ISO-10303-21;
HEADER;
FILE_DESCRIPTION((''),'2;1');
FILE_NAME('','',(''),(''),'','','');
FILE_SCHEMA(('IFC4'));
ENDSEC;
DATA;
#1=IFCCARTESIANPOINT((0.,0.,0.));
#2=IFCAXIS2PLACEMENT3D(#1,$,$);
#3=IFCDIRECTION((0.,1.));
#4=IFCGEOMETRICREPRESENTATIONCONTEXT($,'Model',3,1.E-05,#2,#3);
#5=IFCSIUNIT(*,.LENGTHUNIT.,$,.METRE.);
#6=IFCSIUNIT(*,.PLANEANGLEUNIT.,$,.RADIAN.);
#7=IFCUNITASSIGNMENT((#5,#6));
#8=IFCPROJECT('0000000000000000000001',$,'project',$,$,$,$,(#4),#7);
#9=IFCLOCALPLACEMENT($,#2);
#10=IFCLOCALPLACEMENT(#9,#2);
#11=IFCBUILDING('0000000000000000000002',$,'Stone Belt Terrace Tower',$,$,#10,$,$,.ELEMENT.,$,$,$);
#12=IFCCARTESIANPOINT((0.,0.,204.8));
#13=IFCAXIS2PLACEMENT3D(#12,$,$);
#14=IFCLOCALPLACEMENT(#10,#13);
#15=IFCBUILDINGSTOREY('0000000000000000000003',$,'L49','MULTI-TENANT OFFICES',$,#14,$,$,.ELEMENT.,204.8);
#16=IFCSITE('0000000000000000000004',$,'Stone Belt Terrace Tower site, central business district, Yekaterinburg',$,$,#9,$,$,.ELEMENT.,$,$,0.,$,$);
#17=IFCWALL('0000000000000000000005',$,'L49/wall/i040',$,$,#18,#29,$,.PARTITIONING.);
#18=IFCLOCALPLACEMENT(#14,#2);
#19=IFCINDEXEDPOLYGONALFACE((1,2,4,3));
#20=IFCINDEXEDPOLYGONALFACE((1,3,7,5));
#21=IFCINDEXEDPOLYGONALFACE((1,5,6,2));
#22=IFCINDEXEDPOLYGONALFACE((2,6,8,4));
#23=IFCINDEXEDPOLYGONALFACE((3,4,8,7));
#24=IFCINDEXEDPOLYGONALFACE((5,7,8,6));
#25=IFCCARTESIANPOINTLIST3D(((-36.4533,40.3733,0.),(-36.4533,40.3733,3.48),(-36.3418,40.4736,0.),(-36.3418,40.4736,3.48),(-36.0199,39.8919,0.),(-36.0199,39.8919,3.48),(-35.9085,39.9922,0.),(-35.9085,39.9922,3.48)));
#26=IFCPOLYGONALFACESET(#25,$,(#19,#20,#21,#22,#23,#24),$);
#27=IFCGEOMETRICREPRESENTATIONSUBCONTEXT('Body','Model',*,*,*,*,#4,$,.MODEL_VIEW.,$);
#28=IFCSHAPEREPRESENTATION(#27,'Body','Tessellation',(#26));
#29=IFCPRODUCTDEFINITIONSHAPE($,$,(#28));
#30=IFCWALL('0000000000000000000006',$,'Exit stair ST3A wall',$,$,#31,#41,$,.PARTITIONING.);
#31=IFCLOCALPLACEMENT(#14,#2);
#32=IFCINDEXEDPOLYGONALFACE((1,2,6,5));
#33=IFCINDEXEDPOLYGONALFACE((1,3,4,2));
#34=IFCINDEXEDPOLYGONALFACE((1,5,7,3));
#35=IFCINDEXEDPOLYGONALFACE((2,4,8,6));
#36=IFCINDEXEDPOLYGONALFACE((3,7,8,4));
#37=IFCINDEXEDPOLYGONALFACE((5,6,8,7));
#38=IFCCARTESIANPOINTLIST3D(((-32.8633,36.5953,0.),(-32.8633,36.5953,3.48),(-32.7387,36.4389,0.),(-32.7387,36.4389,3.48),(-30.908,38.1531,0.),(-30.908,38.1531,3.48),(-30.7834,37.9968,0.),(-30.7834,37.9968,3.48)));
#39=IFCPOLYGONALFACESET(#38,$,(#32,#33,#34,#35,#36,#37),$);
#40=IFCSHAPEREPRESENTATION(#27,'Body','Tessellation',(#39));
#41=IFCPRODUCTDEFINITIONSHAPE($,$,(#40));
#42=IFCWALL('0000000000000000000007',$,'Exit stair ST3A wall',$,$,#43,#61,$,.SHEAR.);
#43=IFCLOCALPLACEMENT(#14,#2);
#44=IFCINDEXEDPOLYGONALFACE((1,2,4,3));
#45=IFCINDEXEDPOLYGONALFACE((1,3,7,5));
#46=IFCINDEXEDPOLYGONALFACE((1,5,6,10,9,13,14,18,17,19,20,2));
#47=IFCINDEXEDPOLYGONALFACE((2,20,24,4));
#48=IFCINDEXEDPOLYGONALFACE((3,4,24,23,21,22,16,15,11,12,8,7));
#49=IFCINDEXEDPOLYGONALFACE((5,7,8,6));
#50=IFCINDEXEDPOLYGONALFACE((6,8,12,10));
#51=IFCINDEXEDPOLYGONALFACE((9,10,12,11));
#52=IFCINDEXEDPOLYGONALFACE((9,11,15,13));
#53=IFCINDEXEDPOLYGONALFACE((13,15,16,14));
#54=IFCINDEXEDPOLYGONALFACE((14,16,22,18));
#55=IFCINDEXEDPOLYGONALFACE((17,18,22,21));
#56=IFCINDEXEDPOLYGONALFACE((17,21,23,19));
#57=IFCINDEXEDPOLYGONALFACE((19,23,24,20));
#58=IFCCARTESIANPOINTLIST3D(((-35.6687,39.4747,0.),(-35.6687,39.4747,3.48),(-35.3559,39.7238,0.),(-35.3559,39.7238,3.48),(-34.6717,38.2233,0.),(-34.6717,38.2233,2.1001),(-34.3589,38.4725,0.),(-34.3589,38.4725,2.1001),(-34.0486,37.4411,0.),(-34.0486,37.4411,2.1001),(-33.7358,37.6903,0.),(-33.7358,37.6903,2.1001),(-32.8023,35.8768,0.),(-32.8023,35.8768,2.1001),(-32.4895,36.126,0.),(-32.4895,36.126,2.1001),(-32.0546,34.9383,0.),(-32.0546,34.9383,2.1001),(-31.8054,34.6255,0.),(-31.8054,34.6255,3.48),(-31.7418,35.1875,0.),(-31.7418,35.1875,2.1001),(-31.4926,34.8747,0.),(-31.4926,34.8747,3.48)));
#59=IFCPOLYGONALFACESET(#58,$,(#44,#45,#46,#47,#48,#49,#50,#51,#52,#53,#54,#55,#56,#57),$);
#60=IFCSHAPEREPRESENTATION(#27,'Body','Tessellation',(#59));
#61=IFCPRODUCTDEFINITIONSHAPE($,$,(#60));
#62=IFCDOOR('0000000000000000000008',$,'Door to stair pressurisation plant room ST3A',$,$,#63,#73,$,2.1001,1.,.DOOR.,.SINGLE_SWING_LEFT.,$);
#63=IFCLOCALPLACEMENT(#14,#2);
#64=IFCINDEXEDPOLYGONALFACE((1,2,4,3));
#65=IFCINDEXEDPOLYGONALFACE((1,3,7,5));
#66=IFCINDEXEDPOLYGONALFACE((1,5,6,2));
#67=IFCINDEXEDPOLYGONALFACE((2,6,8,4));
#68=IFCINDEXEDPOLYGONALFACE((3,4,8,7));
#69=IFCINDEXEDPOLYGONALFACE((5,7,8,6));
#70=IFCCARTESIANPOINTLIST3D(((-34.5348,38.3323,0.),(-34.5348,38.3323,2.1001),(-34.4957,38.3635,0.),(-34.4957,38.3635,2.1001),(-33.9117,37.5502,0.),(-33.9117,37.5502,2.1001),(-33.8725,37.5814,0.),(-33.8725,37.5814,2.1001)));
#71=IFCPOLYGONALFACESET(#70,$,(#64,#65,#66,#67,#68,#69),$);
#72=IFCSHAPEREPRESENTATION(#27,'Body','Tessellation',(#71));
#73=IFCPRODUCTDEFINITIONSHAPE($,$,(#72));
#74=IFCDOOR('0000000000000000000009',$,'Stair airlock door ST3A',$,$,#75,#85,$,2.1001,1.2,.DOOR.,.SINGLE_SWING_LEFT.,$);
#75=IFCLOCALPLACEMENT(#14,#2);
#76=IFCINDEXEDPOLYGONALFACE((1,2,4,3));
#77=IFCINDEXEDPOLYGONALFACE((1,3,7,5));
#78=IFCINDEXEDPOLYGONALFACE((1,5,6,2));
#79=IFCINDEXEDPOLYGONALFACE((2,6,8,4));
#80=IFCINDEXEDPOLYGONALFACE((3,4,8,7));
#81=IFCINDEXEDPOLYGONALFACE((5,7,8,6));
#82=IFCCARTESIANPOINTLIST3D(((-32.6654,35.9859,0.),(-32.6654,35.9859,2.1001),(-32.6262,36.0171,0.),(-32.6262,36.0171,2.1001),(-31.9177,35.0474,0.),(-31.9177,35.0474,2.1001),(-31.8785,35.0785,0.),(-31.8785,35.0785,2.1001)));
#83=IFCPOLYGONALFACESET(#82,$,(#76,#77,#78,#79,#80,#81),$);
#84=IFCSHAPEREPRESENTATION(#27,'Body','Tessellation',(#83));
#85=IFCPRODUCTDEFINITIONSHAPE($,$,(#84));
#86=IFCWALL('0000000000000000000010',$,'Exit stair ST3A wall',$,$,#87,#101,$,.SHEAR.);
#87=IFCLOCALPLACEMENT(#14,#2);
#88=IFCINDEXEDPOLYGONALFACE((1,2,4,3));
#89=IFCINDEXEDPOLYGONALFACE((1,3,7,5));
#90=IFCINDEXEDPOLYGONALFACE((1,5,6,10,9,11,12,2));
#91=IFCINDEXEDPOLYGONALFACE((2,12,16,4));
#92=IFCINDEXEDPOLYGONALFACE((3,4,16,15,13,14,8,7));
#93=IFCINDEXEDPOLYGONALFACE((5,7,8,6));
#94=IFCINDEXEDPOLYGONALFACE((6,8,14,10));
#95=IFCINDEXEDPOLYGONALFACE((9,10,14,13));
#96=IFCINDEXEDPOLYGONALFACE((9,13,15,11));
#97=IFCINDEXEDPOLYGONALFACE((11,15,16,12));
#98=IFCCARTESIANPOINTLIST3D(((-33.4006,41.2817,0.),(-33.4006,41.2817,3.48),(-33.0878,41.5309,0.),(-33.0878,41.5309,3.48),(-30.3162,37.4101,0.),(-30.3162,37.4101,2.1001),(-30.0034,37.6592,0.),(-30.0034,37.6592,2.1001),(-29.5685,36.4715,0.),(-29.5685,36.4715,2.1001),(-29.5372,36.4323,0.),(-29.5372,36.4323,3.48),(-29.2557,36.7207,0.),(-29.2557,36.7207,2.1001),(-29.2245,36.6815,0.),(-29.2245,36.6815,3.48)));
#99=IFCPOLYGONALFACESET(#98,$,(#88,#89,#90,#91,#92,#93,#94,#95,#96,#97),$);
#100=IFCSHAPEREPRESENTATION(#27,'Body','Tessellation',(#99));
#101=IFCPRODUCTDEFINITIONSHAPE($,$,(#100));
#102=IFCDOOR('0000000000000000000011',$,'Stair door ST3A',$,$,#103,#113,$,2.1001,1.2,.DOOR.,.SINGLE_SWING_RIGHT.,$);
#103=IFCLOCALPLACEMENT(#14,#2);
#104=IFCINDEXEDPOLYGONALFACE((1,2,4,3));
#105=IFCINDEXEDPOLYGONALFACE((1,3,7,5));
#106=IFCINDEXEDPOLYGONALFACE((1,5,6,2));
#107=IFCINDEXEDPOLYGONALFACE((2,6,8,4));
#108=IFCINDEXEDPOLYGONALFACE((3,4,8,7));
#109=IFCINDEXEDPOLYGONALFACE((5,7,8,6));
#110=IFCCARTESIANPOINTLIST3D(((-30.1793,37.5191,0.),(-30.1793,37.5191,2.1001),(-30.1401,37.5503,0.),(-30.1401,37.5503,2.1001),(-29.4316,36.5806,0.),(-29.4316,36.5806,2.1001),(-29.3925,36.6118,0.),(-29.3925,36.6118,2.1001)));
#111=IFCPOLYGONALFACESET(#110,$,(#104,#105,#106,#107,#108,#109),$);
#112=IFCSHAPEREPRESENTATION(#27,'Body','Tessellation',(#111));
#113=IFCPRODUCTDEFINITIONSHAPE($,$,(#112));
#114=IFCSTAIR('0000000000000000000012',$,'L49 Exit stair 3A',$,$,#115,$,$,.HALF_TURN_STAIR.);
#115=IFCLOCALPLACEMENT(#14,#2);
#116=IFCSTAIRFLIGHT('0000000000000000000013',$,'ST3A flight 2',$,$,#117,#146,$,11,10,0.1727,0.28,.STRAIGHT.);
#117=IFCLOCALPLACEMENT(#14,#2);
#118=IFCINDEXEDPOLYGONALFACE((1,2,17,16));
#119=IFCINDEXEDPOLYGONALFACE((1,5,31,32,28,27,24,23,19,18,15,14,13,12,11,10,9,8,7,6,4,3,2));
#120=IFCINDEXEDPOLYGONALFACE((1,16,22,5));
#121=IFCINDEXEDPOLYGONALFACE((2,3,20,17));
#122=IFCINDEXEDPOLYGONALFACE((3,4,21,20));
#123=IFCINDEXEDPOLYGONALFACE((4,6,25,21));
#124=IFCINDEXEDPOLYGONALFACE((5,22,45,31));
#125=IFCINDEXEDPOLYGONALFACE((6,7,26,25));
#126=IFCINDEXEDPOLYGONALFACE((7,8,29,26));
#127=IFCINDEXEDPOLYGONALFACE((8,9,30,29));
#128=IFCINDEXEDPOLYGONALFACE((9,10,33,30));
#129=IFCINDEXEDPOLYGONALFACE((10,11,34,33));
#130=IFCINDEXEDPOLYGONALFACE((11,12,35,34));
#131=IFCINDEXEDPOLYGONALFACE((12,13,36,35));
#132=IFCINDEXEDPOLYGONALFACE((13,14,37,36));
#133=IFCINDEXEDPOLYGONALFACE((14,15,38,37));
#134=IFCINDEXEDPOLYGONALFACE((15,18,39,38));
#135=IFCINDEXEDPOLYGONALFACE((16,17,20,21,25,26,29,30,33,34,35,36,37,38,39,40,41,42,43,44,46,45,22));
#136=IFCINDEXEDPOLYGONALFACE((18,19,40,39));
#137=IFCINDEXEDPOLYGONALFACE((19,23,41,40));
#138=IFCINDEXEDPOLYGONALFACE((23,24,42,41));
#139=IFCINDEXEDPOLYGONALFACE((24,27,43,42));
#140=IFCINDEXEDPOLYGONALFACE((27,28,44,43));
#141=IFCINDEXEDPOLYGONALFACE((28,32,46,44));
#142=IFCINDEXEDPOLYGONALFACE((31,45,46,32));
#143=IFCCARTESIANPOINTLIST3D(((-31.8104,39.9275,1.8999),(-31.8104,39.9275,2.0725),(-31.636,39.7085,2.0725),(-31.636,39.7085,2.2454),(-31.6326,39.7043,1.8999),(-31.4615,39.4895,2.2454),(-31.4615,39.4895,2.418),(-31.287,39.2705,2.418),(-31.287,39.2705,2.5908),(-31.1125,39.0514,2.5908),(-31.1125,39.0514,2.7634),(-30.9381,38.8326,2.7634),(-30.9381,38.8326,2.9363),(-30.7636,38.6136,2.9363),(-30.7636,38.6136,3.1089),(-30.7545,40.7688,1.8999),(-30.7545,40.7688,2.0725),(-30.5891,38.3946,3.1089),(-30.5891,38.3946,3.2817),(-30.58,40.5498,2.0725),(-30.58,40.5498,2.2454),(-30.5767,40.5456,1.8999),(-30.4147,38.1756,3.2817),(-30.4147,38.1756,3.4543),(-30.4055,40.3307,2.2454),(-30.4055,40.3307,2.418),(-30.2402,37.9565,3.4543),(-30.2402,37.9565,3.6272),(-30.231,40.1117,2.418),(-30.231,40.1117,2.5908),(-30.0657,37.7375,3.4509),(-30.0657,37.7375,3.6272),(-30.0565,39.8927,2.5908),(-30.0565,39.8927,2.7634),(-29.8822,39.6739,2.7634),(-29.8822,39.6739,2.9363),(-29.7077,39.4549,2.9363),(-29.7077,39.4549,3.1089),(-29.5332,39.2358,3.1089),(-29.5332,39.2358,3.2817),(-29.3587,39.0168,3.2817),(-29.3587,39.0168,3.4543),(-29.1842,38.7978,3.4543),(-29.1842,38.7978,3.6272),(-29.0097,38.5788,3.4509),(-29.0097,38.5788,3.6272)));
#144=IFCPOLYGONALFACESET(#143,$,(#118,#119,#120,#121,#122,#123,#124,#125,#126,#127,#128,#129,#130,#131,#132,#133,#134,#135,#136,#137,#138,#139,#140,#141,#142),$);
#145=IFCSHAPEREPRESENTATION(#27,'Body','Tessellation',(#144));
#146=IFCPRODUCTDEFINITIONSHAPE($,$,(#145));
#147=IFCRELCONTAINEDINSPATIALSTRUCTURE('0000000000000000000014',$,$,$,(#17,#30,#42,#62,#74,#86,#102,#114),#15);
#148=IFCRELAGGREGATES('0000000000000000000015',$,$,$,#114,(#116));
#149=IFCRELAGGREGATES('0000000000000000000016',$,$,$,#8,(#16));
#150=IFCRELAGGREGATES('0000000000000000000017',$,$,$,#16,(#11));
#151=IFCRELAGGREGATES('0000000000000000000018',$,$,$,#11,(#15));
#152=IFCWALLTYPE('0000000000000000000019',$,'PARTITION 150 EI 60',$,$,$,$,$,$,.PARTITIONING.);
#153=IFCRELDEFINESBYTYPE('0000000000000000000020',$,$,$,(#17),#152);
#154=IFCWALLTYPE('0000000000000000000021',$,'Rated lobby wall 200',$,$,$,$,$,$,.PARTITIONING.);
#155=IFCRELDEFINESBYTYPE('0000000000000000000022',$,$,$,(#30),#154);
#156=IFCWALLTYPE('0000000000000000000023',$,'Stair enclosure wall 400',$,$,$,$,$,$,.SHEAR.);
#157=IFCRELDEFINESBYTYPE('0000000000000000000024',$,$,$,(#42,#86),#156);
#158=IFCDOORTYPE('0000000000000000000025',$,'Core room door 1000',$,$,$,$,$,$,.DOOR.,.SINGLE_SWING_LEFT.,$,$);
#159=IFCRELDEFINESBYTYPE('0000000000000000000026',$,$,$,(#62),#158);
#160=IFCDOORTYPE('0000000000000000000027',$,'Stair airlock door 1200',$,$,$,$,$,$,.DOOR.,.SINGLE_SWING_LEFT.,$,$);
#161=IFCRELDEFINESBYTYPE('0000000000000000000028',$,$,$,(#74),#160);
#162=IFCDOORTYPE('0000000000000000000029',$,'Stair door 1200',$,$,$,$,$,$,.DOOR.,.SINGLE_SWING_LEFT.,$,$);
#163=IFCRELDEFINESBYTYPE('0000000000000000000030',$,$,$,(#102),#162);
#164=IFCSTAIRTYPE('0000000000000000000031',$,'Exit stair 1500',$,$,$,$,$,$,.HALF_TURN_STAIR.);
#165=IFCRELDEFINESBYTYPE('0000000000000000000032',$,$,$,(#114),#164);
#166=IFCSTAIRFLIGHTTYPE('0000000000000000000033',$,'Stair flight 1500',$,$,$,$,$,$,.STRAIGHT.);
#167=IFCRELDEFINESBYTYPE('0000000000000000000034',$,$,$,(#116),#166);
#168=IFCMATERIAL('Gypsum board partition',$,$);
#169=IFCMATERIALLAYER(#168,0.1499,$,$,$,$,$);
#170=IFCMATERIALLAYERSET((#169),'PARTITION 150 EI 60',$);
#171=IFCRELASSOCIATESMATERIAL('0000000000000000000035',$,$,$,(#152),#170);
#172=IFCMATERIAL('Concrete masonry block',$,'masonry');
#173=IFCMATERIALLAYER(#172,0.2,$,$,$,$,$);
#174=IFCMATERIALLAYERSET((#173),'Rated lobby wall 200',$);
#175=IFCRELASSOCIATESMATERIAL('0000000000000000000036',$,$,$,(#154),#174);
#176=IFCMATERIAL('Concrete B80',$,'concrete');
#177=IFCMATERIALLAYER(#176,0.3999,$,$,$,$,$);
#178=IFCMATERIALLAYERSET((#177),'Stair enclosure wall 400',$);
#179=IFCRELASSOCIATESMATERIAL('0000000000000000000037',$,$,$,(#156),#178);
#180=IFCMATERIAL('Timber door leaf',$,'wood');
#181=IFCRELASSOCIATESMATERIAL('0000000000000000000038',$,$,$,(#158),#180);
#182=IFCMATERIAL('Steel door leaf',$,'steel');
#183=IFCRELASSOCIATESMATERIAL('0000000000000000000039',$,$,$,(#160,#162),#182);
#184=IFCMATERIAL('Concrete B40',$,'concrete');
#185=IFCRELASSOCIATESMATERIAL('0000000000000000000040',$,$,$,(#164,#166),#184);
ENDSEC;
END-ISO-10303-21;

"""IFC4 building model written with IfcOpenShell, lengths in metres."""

from ifc_helpers import new_model, si_unit, direction, frame, frame_2d, origin, place, context, subcontext, project, spatial, polyline, rectangle, outline, extrude, material, layer, layer_set, type_object, element, fill, aggregate, save


model = new_model("IFC4")

# Units and contexts
model_context = context("Model", 3, precision=1e-05, world=origin(), true_north=direction((0.0, 1.0)))
body_context = subcontext(model_context, "Body", "Model", "MODEL_VIEW")
ifc_project = project(units=[si_unit("LENGTHUNIT", "METRE"), si_unit("PLANEANGLEUNIT", "RADIAN")], contexts=[model_context])

# Site, building, storey
site_placement = place(None, origin())
site = spatial("IfcSite", under=ifc_project, at=site_placement, Name="Stone Belt Terrace Tower site, central business district, Yekaterinburg", CompositionType="ELEMENT", RefElevation=0.0)
building_placement = place(site_placement, origin())
building = spatial("IfcBuilding", under=site, at=building_placement, Name="Stone Belt Terrace Tower", CompositionType="ELEMENT")
storey_placement = place(building_placement, frame((0.0, 0.0, 204.8)))
storey = spatial("IfcBuildingStorey", under=building, at=storey_placement, Name="L49", Description="MULTI-TENANT OFFICES", CompositionType="ELEMENT", Elevation=204.8)

# Walls
ifc_material_1 = material(Name="Gypsum board partition")
ifc_layer_1 = layer(ifc_material_1, 0.1499)
ifc_layer_set_1 = layer_set([ifc_layer_1], Name="PARTITION 150 EI 60")
wall_type_1 = type_object("IfcWallType", Name="PARTITION 150 EI 60", PredefinedType="PARTITIONING", material=ifc_layer_set_1)
wall_1_placement = place(storey_placement, frame((-36.3975, 40.4233, 0.0), z_axis=(0.0, 0.0, 1.0), x_axis=(0.669006, -0.743257, 0.0)))
element("IfcWall", 1, at=wall_1_placement, inside=storey, type_object=wall_type_1, Name="L49/wall/i040", PredefinedType="PARTITIONING", context=body_context, shape_type="SweptSolid", body=[
    extrude(rectangle(XDim=0.6477, YDim=0.1499, at=frame_2d((0.3237, 0.0))), origin(), (0.0, 0.0, 1.0), 3.48),
])
ifc_material_2 = material(Name="Concrete masonry block", Category="masonry")
ifc_layer_2 = layer(ifc_material_2, 0.2)
ifc_layer_set_2 = layer_set([ifc_layer_2], Name="Rated lobby wall 200")
wall_type_2 = type_object("IfcWallType", Name="Rated lobby wall 200", PredefinedType="PARTITIONING", material=ifc_layer_set_2)
wall_2_placement = place(storey_placement, frame((-30.8457, 38.075, 0.0), z_axis=(0.0, 0.0, 1.0), x_axis=(-0.782115, -0.623134, 0.0)))
element("IfcWall", 2, at=wall_2_placement, inside=storey, type_object=wall_type_2, Name="Exit stair ST3A wall", PredefinedType="PARTITIONING", context=body_context, shape_type="SweptSolid", body=[
    extrude(rectangle(XDim=2.5, YDim=0.2, at=frame_2d((1.25, 0.0))), origin(), (0.0, 0.0, 1.0), 3.48),
])

# Wall, openings, doors
ifc_material_3 = material(Name="Concrete B80", Category="concrete")
ifc_layer_3 = layer(ifc_material_3, 0.3999)
ifc_layer_set_3 = layer_set([ifc_layer_3], Name="Stair enclosure wall 400")
wall_type_3 = type_object("IfcWallType", Name="Stair enclosure wall 400", PredefinedType="SHEAR", material=ifc_layer_set_3)
wall_3_placement = place(storey_placement, frame((-31.6489, 34.75, 0.0), z_axis=(0.0, 0.0, 1.0), x_axis=(-0.623119, 0.782127, 0.0)))
wall_3 = element("IfcWall", 3, at=wall_3_placement, inside=storey, type_object=wall_type_3, Name="Exit stair ST3A wall", PredefinedType="SHEAR", context=body_context, shape_type="SweptSolid", body=[
    extrude(rectangle(XDim=6.2, YDim=0.3999, at=frame_2d((3.1001, 0.0))), origin(), (0.0, 0.0, 1.0), 3.48),
])
opening_1_placement = place(wall_3_placement, frame((0.3999, 0.0, 0.0)))
opening_1 = element("IfcOpeningElement", 4, at=opening_1_placement, cuts=wall_3, PredefinedType="OPENING", context=body_context, shape_type="SweptSolid", body=[
    extrude(rectangle(XDim=1.2, YDim=2.1001, at=frame_2d((0.6001, 1.05))), frame((0.0, 0.21, 0.0), z_axis=(0.0, -1.0, 0.0), x_axis=(1.0, 0.0, 0.0)), (0.0, 0.0, 1.0), 0.4199),
])
opening_2_placement = place(wall_3_placement, frame((3.6001, 0.0, 0.0)))
opening_2 = element("IfcOpeningElement", 5, at=opening_2_placement, cuts=wall_3, PredefinedType="OPENING", context=body_context, shape_type="SweptSolid", body=[
    extrude(rectangle(XDim=1.0, YDim=2.1001, at=frame_2d((0.5, 1.05))), frame((0.0, 0.21, 0.0), z_axis=(0.0, -1.0, 0.0), x_axis=(1.0, 0.0, 0.0)), (0.0, 0.0, 1.0), 0.4199),
])
ifc_material_4 = material(Name="Timber door leaf", Category="wood")
door_type_1 = type_object("IfcDoorType", Name="Core room door 1000", OperationType="SINGLE_SWING_LEFT", PredefinedType="DOOR", material=ifc_material_4)
door_1_placement = place(opening_2_placement, origin())
door_1 = element("IfcDoor", 6, at=door_1_placement, inside=storey, type_object=door_type_1, Name="Door to stair pressurisation plant room ST3A", OperationType="SINGLE_SWING_LEFT", OverallHeight=2.1001, OverallWidth=1.0, PredefinedType="DOOR", context=body_context, shape_type="SweptSolid", body=[
    extrude(rectangle(XDim=1.0, YDim=2.1001, at=frame_2d((0.5, 1.05))), frame((0.0, 0.0249, 0.0), z_axis=(0.0, -1.0, 0.0), x_axis=(1.0, 0.0, 0.0)), (0.0, 0.0, 1.0), 0.05),
])
fill(opening_2, door_1)
ifc_material_5 = material(Name="Steel door leaf", Category="steel")
door_type_2 = type_object("IfcDoorType", Name="Stair airlock door 1200", OperationType="SINGLE_SWING_LEFT", PredefinedType="DOOR", material=ifc_material_5)
door_2_placement = place(opening_1_placement, origin())
door_2 = element("IfcDoor", 7, at=door_2_placement, inside=storey, type_object=door_type_2, Name="Stair airlock door ST3A", OperationType="SINGLE_SWING_LEFT", OverallHeight=2.1001, OverallWidth=1.2, PredefinedType="DOOR", context=body_context, shape_type="SweptSolid", body=[
    extrude(rectangle(XDim=1.2, YDim=2.1001, at=frame_2d((0.6001, 1.05))), frame((0.0, 0.0249, 0.0), z_axis=(0.0, -1.0, 0.0), x_axis=(1.0, 0.0, 0.0)), (0.0, 0.0, 1.0), 0.05),
])
fill(opening_1, door_2)

# Wall, opening, door
wall_4_placement = place(storey_placement, frame((-29.3809, 36.5569, 0.0), z_axis=(0.0, 0.0, 1.0), x_axis=(-0.623099, 0.782143, 0.0)))
wall_4 = element("IfcWall", 8, at=wall_4_placement, inside=storey, type_object=wall_type_3, Name="Exit stair ST3A wall", PredefinedType="SHEAR", context=body_context, shape_type="SweptSolid", body=[
    extrude(rectangle(XDim=6.2002, YDim=0.3999, at=frame_2d((3.1001, 0.0))), origin(), (0.0, 0.0, 1.0), 3.48),
])
opening_3_placement = place(wall_4_placement, frame((0.05, 0.0, 0.0)))
opening_3 = element("IfcOpeningElement", 9, at=opening_3_placement, cuts=wall_4, PredefinedType="OPENING", context=body_context, shape_type="SweptSolid", body=[
    extrude(rectangle(XDim=1.2, YDim=2.1001, at=frame_2d((0.6001, 1.05))), frame((0.0, 0.21, 0.0), z_axis=(0.0, -1.0, 0.0), x_axis=(1.0, 0.0, 0.0)), (0.0, 0.0, 1.0), 0.4199),
])
door_type_3 = type_object("IfcDoorType", Name="Stair door 1200", OperationType="SINGLE_SWING_LEFT", PredefinedType="DOOR", material=ifc_material_5)
door_3_placement = place(opening_3_placement, origin())
door_3 = element("IfcDoor", 10, at=door_3_placement, inside=storey, type_object=door_type_3, Name="Stair door ST3A", OperationType="SINGLE_SWING_RIGHT", OverallHeight=2.1001, OverallWidth=1.2, PredefinedType="DOOR", context=body_context, shape_type="SweptSolid", body=[
    extrude(rectangle(XDim=1.2, YDim=2.1001, at=frame_2d((0.6001, 1.05))), frame((0.0, 0.0249, 0.0), z_axis=(0.0, -1.0, 0.0), x_axis=(1.0, 0.0, 0.0)), (0.0, 0.0, 1.0), 0.05),
])
fill(opening_3, door_3)

# Stair, stair flight
ifc_material_6 = material(Name="Concrete B40", Category="concrete")
stair_type = type_object("IfcStairType", Name="Exit stair 1500", PredefinedType="HALF_TURN_STAIR", material=ifc_material_6)
stair_placement = place(storey_placement, origin())
stair = element("IfcStair", 11, at=stair_placement, inside=storey, type_object=stair_type, Name="L49 Exit stair 3A", PredefinedType="HALF_TURN_STAIR")
stair_flight_type = type_object("IfcStairFlightType", Name="Stair flight 1500", PredefinedType="STRAIGHT", material=ifc_material_6)
stair_flight_placement = place(storey_placement, frame((-31.2825, 40.3481, 1.8999), z_axis=(0.0, 0.0, 1.0), x_axis=(0.623121, -0.782125, 0.0)))
stair_flight = element("IfcStairFlight", 12, at=stair_flight_placement, type_object=stair_flight_type, Name="ST3A flight 2", NumberOfRisers=11, NumberOfTreads=10, PredefinedType="STRAIGHT", RiserHeight=0.1727, TreadLength=0.28, context=body_context, shape_type="SweptSolid", body=[
    extrude(outline(polyline([(0.0, 0.0), (0.0, 0.1726), (0.28, 0.1726), (0.28, 0.3455), (0.5601, 0.3455), (0.5601, 0.5181), (0.8401, 0.5181), (0.8401, 0.6909), (1.1201, 0.6909), (1.1201, 0.8635), (1.3999, 0.8635), (1.3999, 1.0364), (1.6799, 1.0364), (1.6799, 1.209), (1.96, 1.209), (1.96, 1.3818), (2.24, 1.3818), (2.24, 1.5544), (2.52, 1.5544), (2.52, 1.7273), (2.8, 1.7273), (2.8, 1.8999), (2.8, 1.551), (0.2854, 0.0), (0.0, 0.0)])), frame((0.0, 0.675, 0.0), z_axis=(0.0, -1.0, 0.0), x_axis=(1.0, 0.0, 0.0)), (0.0, 0.0, 1.0), 1.3501),
])
aggregate(stair, [stair_flight])

save(model, "model.ifc")
